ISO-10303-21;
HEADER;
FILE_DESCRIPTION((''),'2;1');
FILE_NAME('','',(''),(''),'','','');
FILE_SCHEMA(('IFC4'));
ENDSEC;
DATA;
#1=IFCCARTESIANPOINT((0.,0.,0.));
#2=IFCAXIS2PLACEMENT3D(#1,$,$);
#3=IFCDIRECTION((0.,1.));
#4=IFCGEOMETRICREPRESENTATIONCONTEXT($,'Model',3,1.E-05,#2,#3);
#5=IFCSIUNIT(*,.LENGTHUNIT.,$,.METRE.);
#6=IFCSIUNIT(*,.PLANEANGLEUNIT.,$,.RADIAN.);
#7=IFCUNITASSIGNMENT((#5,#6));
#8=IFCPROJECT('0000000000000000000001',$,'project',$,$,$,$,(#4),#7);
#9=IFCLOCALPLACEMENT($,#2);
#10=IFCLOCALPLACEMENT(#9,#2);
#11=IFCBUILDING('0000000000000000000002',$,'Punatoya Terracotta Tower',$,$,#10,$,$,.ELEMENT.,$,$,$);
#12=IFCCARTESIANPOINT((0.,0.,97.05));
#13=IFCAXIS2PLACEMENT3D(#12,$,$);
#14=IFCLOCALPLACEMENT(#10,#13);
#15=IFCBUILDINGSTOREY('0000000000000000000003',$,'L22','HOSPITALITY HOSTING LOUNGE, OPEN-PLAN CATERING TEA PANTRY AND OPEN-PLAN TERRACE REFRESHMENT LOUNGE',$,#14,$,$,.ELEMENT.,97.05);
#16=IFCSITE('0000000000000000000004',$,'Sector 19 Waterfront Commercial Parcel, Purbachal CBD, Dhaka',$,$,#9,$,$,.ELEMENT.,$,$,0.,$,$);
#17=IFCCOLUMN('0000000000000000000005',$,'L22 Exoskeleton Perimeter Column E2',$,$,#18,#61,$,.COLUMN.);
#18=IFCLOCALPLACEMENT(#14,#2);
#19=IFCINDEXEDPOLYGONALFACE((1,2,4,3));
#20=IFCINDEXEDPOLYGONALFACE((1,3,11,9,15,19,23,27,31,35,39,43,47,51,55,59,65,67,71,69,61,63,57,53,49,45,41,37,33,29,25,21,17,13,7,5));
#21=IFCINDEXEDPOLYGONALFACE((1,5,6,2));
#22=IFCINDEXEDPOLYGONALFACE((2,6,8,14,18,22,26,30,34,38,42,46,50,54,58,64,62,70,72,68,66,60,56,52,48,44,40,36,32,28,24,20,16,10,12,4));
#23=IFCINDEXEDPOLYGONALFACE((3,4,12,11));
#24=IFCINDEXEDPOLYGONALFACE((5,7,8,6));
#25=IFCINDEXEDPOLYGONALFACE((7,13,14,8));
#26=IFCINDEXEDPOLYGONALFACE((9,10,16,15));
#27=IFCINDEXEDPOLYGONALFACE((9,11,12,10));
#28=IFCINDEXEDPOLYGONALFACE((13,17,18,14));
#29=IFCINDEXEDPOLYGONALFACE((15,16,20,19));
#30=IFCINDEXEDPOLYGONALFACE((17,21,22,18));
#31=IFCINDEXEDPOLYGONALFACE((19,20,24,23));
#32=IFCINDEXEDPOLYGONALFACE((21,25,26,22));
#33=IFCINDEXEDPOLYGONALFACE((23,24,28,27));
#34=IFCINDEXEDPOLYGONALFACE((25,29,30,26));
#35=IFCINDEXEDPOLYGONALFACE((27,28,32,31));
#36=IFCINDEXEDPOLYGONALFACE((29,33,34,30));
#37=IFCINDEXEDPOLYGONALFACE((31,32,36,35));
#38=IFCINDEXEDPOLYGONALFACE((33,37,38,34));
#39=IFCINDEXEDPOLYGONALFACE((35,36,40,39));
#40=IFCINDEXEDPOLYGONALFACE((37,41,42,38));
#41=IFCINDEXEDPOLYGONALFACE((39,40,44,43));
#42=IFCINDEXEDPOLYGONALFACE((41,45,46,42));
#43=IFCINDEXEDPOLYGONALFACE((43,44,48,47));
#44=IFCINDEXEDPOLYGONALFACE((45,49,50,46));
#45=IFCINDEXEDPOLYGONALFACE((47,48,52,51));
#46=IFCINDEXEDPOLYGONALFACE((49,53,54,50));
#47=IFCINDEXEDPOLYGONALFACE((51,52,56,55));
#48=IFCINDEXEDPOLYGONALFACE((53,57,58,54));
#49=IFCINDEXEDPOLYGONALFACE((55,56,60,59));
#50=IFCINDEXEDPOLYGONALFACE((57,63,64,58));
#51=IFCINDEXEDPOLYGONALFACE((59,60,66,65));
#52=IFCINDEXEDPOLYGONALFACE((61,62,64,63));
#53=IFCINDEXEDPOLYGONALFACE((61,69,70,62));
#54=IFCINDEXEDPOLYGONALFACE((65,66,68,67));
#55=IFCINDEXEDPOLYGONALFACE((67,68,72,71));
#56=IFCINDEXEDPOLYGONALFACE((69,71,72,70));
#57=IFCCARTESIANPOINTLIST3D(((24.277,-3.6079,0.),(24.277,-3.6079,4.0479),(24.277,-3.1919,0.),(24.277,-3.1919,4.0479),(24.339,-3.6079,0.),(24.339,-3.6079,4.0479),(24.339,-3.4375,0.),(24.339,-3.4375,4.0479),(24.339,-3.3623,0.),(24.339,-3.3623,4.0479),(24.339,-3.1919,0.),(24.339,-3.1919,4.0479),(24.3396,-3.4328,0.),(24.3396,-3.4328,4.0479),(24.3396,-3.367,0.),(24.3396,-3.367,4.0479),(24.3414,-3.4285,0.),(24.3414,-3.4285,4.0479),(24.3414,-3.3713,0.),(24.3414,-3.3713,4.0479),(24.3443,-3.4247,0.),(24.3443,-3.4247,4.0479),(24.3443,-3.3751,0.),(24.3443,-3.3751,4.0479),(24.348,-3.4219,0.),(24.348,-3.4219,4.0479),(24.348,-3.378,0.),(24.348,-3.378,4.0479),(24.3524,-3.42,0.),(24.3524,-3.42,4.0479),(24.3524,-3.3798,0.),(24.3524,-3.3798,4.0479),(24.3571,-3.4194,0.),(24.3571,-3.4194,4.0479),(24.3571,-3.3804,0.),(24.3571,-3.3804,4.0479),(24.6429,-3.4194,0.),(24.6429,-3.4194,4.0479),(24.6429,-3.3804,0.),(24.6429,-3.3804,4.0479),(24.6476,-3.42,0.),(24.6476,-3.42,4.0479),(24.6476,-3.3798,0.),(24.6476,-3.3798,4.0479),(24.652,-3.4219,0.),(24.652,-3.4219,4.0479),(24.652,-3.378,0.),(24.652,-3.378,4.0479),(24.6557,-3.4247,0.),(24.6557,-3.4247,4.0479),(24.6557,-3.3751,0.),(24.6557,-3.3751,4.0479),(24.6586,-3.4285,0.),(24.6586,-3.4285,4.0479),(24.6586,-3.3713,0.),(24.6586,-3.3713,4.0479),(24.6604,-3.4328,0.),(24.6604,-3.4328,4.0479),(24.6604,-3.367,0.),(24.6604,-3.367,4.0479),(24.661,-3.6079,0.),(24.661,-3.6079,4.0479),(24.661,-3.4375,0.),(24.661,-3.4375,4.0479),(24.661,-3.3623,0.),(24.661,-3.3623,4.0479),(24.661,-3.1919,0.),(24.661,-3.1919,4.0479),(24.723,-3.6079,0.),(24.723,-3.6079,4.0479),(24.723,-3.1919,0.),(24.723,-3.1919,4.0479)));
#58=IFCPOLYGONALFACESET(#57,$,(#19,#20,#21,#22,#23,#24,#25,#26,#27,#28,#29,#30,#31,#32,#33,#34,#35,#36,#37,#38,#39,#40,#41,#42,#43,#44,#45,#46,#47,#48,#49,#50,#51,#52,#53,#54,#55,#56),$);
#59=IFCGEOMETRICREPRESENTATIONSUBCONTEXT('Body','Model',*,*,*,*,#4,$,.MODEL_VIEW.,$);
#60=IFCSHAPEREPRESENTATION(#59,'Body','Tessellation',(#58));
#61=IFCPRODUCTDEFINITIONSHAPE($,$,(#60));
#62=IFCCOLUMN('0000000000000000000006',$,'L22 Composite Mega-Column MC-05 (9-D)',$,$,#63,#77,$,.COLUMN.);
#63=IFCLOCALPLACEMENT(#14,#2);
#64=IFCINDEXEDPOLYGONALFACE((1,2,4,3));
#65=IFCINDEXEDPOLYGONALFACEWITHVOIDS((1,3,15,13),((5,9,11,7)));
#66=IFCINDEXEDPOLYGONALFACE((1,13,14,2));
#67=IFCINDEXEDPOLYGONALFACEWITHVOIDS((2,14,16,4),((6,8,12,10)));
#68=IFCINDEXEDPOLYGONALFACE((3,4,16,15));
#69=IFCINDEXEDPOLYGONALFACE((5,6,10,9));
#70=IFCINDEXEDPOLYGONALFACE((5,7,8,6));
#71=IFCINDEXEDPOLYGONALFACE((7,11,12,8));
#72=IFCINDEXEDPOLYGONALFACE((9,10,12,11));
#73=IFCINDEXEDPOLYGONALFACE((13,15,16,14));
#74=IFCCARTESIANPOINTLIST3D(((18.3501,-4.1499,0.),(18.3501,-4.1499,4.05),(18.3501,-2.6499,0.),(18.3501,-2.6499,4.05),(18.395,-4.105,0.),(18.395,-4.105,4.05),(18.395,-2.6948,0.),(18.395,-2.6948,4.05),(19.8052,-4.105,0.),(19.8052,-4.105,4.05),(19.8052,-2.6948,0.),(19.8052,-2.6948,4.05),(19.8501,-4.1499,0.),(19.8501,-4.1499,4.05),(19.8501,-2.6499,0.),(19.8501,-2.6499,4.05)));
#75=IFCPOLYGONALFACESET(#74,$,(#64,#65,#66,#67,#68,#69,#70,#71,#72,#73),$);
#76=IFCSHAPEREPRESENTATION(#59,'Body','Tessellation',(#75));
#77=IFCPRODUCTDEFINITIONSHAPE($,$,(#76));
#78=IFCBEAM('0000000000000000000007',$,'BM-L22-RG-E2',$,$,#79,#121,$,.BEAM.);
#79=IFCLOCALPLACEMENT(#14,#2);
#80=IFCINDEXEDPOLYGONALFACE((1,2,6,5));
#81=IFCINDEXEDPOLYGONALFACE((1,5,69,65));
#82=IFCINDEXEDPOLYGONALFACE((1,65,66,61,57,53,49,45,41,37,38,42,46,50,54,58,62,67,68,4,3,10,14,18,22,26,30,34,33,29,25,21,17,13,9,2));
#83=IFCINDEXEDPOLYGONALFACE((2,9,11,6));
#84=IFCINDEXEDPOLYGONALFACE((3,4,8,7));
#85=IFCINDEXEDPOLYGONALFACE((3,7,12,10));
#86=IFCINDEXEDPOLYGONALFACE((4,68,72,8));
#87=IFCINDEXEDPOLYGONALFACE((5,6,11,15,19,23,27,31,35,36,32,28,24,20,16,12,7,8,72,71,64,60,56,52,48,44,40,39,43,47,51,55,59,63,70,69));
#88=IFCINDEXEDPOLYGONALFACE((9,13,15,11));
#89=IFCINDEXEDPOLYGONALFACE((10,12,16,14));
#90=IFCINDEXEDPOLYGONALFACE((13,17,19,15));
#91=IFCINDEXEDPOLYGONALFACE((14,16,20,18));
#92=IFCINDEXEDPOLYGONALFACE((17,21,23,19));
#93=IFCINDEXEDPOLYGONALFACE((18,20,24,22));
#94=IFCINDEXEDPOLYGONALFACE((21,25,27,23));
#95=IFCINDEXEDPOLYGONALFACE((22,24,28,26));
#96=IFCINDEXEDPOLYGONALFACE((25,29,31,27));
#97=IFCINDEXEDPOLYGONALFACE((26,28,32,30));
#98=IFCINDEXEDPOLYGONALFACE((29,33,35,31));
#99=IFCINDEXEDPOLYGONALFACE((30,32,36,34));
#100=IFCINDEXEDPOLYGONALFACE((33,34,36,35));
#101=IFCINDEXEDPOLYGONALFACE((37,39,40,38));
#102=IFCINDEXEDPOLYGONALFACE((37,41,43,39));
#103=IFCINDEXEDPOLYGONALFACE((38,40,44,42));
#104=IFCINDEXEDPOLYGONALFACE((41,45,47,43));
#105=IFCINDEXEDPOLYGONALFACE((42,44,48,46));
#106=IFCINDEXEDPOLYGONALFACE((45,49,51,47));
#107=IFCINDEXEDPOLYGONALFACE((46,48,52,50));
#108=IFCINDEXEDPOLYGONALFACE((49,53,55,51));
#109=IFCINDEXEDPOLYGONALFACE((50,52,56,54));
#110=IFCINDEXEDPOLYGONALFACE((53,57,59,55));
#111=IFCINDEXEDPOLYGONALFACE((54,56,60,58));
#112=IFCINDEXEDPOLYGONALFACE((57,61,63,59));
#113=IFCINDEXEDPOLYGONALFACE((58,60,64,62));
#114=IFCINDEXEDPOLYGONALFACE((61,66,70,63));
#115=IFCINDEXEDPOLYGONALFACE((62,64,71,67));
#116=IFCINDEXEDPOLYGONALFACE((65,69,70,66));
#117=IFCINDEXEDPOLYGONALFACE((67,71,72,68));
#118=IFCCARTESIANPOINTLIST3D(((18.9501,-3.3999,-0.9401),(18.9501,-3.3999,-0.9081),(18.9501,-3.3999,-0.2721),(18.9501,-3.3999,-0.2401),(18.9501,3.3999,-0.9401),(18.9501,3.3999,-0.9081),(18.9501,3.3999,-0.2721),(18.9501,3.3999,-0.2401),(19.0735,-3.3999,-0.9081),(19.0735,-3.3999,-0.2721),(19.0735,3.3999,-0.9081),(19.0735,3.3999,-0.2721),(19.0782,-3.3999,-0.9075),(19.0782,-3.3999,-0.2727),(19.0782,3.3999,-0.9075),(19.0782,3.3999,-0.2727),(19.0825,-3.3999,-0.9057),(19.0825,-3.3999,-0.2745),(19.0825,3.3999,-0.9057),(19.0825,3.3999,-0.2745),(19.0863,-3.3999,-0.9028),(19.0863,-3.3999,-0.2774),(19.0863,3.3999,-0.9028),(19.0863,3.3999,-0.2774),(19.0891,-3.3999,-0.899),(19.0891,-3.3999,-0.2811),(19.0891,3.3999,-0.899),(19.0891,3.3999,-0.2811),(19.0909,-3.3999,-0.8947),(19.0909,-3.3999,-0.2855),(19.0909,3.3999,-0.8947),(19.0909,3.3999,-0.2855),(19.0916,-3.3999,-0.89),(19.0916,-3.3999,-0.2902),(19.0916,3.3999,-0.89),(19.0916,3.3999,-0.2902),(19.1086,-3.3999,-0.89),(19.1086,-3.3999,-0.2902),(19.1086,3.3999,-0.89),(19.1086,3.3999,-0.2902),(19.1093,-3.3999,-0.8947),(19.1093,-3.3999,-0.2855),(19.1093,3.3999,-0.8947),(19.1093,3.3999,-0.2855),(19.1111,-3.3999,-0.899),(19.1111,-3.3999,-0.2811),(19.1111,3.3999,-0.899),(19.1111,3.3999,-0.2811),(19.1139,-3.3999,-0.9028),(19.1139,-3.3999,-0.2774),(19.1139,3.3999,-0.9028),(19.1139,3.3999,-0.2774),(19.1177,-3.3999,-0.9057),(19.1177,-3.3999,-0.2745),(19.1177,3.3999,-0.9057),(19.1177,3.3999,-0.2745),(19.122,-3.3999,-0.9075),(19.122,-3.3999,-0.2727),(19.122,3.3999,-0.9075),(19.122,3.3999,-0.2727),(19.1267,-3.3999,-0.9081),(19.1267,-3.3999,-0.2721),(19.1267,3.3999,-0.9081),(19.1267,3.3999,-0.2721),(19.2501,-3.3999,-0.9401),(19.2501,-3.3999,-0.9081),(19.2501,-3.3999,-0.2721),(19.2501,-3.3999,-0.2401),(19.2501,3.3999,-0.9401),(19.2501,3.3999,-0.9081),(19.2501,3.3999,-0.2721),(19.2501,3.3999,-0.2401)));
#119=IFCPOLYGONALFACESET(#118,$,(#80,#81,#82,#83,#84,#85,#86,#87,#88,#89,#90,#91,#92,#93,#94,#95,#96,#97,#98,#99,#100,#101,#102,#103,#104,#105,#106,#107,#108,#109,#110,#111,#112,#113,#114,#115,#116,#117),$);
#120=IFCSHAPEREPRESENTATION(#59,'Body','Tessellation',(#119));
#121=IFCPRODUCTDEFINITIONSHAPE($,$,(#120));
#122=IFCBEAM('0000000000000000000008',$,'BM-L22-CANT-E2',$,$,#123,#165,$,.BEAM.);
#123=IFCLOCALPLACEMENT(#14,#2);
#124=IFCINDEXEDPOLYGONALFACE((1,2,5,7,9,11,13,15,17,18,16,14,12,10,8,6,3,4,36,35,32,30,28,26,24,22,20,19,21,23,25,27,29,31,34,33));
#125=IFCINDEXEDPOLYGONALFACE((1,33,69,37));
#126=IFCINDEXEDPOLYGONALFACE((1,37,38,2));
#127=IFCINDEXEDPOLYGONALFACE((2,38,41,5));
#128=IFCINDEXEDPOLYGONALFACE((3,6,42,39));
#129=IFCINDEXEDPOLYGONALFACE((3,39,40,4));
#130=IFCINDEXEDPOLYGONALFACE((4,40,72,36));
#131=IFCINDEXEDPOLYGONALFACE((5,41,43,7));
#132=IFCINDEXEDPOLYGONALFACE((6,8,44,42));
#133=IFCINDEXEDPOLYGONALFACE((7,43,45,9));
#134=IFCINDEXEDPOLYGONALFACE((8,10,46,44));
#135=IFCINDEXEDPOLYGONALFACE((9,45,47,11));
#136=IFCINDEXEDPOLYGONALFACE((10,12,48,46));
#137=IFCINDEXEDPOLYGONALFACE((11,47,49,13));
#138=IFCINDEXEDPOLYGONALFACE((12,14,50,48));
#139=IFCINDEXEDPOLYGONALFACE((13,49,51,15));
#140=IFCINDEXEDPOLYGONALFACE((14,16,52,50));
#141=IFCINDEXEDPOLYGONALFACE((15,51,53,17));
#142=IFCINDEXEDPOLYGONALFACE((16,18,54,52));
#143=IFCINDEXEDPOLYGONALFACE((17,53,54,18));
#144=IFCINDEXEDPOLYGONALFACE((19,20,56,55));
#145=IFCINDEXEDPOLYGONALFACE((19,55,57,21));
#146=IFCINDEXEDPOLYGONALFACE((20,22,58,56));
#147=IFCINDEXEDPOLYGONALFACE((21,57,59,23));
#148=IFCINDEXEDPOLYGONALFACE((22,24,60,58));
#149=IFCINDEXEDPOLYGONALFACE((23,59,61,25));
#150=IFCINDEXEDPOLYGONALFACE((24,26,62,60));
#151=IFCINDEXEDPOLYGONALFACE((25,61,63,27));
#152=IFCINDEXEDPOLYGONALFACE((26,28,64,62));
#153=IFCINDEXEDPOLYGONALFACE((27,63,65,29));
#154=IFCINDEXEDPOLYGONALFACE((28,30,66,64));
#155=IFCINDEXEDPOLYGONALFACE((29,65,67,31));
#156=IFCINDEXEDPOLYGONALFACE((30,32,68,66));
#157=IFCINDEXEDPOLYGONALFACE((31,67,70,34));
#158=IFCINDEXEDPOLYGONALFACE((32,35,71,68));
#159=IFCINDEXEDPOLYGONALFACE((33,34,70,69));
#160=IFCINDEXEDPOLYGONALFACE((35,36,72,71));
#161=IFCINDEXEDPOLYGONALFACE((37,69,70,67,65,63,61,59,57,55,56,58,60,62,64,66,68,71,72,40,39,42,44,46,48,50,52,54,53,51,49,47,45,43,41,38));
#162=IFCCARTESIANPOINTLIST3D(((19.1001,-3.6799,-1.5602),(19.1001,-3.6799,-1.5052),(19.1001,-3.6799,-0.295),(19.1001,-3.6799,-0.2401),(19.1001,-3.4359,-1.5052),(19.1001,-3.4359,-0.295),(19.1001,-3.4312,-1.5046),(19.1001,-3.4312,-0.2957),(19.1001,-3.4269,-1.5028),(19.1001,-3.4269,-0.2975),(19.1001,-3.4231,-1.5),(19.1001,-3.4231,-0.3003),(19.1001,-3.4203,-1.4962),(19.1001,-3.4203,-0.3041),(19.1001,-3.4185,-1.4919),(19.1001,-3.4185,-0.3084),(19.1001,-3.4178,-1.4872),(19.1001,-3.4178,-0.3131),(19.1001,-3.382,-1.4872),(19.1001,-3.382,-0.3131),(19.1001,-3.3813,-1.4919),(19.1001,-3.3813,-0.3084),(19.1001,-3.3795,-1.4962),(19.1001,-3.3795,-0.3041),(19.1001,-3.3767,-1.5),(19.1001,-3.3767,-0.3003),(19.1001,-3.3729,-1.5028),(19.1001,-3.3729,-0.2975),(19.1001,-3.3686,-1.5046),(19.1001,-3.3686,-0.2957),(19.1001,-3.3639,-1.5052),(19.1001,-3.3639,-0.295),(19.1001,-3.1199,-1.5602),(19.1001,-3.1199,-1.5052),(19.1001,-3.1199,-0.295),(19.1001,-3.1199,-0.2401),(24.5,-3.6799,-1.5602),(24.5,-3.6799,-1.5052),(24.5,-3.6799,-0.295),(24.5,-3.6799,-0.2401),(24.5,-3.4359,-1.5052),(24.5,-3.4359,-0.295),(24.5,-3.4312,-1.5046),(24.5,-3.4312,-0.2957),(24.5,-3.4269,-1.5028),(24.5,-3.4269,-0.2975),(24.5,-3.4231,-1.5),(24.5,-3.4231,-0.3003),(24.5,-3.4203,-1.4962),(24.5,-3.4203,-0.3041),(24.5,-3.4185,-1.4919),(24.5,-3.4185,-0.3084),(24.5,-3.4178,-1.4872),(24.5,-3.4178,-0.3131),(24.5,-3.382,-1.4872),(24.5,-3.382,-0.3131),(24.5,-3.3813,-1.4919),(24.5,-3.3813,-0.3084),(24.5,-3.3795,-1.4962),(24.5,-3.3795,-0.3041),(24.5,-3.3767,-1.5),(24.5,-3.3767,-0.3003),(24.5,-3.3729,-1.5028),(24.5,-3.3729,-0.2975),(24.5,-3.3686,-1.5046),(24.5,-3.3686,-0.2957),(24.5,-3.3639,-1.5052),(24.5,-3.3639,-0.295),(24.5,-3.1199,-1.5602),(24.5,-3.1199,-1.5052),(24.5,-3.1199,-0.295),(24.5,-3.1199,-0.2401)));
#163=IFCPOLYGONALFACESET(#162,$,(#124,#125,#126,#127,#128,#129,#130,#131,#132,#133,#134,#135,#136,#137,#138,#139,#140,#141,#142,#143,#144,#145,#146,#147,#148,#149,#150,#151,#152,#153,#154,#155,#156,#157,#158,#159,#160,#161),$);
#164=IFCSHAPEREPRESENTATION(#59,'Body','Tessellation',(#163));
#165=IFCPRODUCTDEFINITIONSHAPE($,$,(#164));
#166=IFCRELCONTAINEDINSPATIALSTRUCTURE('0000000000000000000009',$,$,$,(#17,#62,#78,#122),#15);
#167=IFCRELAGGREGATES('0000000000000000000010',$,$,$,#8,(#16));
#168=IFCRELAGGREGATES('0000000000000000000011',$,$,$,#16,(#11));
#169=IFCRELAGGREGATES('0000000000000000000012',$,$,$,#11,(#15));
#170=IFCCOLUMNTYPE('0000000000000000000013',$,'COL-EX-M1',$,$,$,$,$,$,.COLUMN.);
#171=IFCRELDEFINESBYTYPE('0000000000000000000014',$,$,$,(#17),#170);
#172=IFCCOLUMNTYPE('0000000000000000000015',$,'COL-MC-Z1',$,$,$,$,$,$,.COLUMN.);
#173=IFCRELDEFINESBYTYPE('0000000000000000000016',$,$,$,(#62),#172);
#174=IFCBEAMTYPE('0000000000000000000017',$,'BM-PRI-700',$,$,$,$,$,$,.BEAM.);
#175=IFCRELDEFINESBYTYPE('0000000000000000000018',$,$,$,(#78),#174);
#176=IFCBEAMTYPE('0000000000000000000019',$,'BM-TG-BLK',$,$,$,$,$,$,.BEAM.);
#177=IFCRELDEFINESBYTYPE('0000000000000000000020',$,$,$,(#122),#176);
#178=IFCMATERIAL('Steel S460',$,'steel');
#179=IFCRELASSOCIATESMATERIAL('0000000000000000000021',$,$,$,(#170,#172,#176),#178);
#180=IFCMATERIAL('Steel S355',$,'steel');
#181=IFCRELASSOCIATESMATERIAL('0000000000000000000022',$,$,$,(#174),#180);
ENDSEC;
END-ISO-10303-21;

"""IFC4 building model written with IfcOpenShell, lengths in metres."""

from ifc_helpers import new_model, si_unit, direction, frame, origin, origin_2d, place, context, subcontext, project, spatial, hollow_rectangle, i_section, extrude, material, material_profile, profile_set, type_object, element, save


model = new_model("IFC4")

# Units and contexts
model_context = context("Model", 3, precision=1e-05, world=origin(), true_north=direction((0.0, 1.0)))
body_context = subcontext(model_context, "Body", "Model", "MODEL_VIEW")
ifc_project = project(units=[si_unit("LENGTHUNIT", "METRE"), si_unit("PLANEANGLEUNIT", "RADIAN")], contexts=[model_context])

# Site, building, storey
site_placement = place(None, origin())
site = spatial("IfcSite", under=ifc_project, at=site_placement, Name="Sector 19 Waterfront Commercial Parcel, Purbachal CBD, Dhaka", CompositionType="ELEMENT", RefElevation=0.0)
building_placement = place(site_placement, origin())
building = spatial("IfcBuilding", under=site, at=building_placement, Name="Punatoya Terracotta Tower", CompositionType="ELEMENT")
storey_placement = place(building_placement, frame((0.0, 0.0, 97.05)))
storey = spatial("IfcBuildingStorey", under=building, at=storey_placement, Name="L22", Description="HOSPITALITY HOSTING LOUNGE, OPEN-PLAN CATERING TEA PANTRY AND OPEN-PLAN TERRACE REFRESHMENT LOUNGE", CompositionType="ELEMENT", Elevation=97.05)

# Columns
ifc_material_1 = material(Name="Steel S460", Category="steel")
ifc_material_profile_1 = material_profile(ifc_material_1, i_section(OverallWidth=0.416, OverallDepth=0.446, WebThickness=0.0391, FlangeThickness=0.062, FilletRadius=0.0181, at=origin_2d()))
ifc_profile_set_1 = profile_set([ifc_material_profile_1], Name="Steel S460")
column_type_1 = type_object("IfcColumnType", Name="COL-EX-M1", PredefinedType="COLUMN", material=ifc_profile_set_1)
column_1_placement = place(storey_placement, frame((24.5, -3.3999, 0.0), z_axis=(0.0, 0.0, 1.0), x_axis=(0.0, 1.0, 0.0)))
element("IfcColumn", 1, at=column_1_placement, inside=storey, type_object=column_type_1, Name="L22 Exoskeleton Perimeter Column E2", PredefinedType="COLUMN", context=body_context, shape_type="SweptSolid", body=[
    extrude(i_section(OverallWidth=0.416, OverallDepth=0.446, WebThickness=0.0391, FlangeThickness=0.062, FilletRadius=0.0181, at=origin_2d()), origin(), (0.0, 0.0, 1.0), 4.0479),
])
ifc_material_profile_2 = material_profile(ifc_material_1, hollow_rectangle(XDim=1.5, YDim=1.5, WallThickness=0.0449, at=origin_2d()))
ifc_profile_set_2 = profile_set([ifc_material_profile_2], Name="Steel S460")
column_type_2 = type_object("IfcColumnType", Name="COL-MC-Z1", PredefinedType="COLUMN", material=ifc_profile_set_2)
column_2_placement = place(storey_placement, frame((19.1001, -3.3999, 0.0), z_axis=(0.0, 0.0, 1.0), x_axis=(1.0, 0.0, 0.0)))
element("IfcColumn", 2, at=column_2_placement, inside=storey, type_object=column_type_2, Name="L22 Composite Mega-Column MC-05 (9-D)", PredefinedType="COLUMN", context=body_context, shape_type="SweptSolid", body=[
    extrude(hollow_rectangle(XDim=1.5, YDim=1.5, WallThickness=0.0449, at=origin_2d()), origin(), (0.0, 0.0, 1.0), 4.05),
])

# Beams
ifc_material_2 = material(Name="Steel S355", Category="steel")
ifc_material_profile_3 = material_profile(ifc_material_2, i_section(OverallWidth=0.3, OverallDepth=0.7, WebThickness=0.0171, FlangeThickness=0.032, FilletRadius=0.0181, at=origin_2d()))
ifc_profile_set_3 = profile_set([ifc_material_profile_3], Name="Steel S355")
beam_type_1 = type_object("IfcBeamType", Name="BM-PRI-700", PredefinedType="BEAM", material=ifc_profile_set_3)
beam_1_placement = place(storey_placement, frame((19.1001, -3.3999, -0.5901), z_axis=(0.0, 1.0, 0.0), x_axis=(-1.0, 0.0, 0.0)))
element("IfcBeam", 3, at=beam_1_placement, inside=storey, type_object=beam_type_1, Name="BM-L22-RG-E2", PredefinedType="BEAM", context=body_context, shape_type="SweptSolid", body=[
    extrude(i_section(OverallWidth=0.3, OverallDepth=0.7, WebThickness=0.0171, FlangeThickness=0.032, FilletRadius=0.0181, at=origin_2d()), origin(), (0.0, 0.0, 1.0), 6.7998),
])
ifc_material_profile_4 = material_profile(ifc_material_1, i_section(OverallWidth=0.5601, OverallDepth=1.3201, WebThickness=0.0359, FlangeThickness=0.0549, FilletRadius=0.0181, at=origin_2d()))
ifc_profile_set_4 = profile_set([ifc_material_profile_4], Name="Steel S460")
beam_type_2 = type_object("IfcBeamType", Name="BM-TG-BLK", PredefinedType="BEAM", material=ifc_profile_set_4)
beam_2_placement = place(storey_placement, frame((19.1001, -3.3999, -0.9001), z_axis=(1.0, 0.0, 0.0), x_axis=(0.0, 1.0, 0.0)))
element("IfcBeam", 4, at=beam_2_placement, inside=storey, type_object=beam_type_2, Name="BM-L22-CANT-E2", PredefinedType="BEAM", context=body_context, shape_type="SweptSolid", body=[
    extrude(i_section(OverallWidth=0.5601, OverallDepth=1.3201, WebThickness=0.0359, FlangeThickness=0.0549, FilletRadius=0.0181, at=origin_2d()), origin(), (0.0, 0.0, 1.0), 5.3999),
])

save(model, "model.ifc")
